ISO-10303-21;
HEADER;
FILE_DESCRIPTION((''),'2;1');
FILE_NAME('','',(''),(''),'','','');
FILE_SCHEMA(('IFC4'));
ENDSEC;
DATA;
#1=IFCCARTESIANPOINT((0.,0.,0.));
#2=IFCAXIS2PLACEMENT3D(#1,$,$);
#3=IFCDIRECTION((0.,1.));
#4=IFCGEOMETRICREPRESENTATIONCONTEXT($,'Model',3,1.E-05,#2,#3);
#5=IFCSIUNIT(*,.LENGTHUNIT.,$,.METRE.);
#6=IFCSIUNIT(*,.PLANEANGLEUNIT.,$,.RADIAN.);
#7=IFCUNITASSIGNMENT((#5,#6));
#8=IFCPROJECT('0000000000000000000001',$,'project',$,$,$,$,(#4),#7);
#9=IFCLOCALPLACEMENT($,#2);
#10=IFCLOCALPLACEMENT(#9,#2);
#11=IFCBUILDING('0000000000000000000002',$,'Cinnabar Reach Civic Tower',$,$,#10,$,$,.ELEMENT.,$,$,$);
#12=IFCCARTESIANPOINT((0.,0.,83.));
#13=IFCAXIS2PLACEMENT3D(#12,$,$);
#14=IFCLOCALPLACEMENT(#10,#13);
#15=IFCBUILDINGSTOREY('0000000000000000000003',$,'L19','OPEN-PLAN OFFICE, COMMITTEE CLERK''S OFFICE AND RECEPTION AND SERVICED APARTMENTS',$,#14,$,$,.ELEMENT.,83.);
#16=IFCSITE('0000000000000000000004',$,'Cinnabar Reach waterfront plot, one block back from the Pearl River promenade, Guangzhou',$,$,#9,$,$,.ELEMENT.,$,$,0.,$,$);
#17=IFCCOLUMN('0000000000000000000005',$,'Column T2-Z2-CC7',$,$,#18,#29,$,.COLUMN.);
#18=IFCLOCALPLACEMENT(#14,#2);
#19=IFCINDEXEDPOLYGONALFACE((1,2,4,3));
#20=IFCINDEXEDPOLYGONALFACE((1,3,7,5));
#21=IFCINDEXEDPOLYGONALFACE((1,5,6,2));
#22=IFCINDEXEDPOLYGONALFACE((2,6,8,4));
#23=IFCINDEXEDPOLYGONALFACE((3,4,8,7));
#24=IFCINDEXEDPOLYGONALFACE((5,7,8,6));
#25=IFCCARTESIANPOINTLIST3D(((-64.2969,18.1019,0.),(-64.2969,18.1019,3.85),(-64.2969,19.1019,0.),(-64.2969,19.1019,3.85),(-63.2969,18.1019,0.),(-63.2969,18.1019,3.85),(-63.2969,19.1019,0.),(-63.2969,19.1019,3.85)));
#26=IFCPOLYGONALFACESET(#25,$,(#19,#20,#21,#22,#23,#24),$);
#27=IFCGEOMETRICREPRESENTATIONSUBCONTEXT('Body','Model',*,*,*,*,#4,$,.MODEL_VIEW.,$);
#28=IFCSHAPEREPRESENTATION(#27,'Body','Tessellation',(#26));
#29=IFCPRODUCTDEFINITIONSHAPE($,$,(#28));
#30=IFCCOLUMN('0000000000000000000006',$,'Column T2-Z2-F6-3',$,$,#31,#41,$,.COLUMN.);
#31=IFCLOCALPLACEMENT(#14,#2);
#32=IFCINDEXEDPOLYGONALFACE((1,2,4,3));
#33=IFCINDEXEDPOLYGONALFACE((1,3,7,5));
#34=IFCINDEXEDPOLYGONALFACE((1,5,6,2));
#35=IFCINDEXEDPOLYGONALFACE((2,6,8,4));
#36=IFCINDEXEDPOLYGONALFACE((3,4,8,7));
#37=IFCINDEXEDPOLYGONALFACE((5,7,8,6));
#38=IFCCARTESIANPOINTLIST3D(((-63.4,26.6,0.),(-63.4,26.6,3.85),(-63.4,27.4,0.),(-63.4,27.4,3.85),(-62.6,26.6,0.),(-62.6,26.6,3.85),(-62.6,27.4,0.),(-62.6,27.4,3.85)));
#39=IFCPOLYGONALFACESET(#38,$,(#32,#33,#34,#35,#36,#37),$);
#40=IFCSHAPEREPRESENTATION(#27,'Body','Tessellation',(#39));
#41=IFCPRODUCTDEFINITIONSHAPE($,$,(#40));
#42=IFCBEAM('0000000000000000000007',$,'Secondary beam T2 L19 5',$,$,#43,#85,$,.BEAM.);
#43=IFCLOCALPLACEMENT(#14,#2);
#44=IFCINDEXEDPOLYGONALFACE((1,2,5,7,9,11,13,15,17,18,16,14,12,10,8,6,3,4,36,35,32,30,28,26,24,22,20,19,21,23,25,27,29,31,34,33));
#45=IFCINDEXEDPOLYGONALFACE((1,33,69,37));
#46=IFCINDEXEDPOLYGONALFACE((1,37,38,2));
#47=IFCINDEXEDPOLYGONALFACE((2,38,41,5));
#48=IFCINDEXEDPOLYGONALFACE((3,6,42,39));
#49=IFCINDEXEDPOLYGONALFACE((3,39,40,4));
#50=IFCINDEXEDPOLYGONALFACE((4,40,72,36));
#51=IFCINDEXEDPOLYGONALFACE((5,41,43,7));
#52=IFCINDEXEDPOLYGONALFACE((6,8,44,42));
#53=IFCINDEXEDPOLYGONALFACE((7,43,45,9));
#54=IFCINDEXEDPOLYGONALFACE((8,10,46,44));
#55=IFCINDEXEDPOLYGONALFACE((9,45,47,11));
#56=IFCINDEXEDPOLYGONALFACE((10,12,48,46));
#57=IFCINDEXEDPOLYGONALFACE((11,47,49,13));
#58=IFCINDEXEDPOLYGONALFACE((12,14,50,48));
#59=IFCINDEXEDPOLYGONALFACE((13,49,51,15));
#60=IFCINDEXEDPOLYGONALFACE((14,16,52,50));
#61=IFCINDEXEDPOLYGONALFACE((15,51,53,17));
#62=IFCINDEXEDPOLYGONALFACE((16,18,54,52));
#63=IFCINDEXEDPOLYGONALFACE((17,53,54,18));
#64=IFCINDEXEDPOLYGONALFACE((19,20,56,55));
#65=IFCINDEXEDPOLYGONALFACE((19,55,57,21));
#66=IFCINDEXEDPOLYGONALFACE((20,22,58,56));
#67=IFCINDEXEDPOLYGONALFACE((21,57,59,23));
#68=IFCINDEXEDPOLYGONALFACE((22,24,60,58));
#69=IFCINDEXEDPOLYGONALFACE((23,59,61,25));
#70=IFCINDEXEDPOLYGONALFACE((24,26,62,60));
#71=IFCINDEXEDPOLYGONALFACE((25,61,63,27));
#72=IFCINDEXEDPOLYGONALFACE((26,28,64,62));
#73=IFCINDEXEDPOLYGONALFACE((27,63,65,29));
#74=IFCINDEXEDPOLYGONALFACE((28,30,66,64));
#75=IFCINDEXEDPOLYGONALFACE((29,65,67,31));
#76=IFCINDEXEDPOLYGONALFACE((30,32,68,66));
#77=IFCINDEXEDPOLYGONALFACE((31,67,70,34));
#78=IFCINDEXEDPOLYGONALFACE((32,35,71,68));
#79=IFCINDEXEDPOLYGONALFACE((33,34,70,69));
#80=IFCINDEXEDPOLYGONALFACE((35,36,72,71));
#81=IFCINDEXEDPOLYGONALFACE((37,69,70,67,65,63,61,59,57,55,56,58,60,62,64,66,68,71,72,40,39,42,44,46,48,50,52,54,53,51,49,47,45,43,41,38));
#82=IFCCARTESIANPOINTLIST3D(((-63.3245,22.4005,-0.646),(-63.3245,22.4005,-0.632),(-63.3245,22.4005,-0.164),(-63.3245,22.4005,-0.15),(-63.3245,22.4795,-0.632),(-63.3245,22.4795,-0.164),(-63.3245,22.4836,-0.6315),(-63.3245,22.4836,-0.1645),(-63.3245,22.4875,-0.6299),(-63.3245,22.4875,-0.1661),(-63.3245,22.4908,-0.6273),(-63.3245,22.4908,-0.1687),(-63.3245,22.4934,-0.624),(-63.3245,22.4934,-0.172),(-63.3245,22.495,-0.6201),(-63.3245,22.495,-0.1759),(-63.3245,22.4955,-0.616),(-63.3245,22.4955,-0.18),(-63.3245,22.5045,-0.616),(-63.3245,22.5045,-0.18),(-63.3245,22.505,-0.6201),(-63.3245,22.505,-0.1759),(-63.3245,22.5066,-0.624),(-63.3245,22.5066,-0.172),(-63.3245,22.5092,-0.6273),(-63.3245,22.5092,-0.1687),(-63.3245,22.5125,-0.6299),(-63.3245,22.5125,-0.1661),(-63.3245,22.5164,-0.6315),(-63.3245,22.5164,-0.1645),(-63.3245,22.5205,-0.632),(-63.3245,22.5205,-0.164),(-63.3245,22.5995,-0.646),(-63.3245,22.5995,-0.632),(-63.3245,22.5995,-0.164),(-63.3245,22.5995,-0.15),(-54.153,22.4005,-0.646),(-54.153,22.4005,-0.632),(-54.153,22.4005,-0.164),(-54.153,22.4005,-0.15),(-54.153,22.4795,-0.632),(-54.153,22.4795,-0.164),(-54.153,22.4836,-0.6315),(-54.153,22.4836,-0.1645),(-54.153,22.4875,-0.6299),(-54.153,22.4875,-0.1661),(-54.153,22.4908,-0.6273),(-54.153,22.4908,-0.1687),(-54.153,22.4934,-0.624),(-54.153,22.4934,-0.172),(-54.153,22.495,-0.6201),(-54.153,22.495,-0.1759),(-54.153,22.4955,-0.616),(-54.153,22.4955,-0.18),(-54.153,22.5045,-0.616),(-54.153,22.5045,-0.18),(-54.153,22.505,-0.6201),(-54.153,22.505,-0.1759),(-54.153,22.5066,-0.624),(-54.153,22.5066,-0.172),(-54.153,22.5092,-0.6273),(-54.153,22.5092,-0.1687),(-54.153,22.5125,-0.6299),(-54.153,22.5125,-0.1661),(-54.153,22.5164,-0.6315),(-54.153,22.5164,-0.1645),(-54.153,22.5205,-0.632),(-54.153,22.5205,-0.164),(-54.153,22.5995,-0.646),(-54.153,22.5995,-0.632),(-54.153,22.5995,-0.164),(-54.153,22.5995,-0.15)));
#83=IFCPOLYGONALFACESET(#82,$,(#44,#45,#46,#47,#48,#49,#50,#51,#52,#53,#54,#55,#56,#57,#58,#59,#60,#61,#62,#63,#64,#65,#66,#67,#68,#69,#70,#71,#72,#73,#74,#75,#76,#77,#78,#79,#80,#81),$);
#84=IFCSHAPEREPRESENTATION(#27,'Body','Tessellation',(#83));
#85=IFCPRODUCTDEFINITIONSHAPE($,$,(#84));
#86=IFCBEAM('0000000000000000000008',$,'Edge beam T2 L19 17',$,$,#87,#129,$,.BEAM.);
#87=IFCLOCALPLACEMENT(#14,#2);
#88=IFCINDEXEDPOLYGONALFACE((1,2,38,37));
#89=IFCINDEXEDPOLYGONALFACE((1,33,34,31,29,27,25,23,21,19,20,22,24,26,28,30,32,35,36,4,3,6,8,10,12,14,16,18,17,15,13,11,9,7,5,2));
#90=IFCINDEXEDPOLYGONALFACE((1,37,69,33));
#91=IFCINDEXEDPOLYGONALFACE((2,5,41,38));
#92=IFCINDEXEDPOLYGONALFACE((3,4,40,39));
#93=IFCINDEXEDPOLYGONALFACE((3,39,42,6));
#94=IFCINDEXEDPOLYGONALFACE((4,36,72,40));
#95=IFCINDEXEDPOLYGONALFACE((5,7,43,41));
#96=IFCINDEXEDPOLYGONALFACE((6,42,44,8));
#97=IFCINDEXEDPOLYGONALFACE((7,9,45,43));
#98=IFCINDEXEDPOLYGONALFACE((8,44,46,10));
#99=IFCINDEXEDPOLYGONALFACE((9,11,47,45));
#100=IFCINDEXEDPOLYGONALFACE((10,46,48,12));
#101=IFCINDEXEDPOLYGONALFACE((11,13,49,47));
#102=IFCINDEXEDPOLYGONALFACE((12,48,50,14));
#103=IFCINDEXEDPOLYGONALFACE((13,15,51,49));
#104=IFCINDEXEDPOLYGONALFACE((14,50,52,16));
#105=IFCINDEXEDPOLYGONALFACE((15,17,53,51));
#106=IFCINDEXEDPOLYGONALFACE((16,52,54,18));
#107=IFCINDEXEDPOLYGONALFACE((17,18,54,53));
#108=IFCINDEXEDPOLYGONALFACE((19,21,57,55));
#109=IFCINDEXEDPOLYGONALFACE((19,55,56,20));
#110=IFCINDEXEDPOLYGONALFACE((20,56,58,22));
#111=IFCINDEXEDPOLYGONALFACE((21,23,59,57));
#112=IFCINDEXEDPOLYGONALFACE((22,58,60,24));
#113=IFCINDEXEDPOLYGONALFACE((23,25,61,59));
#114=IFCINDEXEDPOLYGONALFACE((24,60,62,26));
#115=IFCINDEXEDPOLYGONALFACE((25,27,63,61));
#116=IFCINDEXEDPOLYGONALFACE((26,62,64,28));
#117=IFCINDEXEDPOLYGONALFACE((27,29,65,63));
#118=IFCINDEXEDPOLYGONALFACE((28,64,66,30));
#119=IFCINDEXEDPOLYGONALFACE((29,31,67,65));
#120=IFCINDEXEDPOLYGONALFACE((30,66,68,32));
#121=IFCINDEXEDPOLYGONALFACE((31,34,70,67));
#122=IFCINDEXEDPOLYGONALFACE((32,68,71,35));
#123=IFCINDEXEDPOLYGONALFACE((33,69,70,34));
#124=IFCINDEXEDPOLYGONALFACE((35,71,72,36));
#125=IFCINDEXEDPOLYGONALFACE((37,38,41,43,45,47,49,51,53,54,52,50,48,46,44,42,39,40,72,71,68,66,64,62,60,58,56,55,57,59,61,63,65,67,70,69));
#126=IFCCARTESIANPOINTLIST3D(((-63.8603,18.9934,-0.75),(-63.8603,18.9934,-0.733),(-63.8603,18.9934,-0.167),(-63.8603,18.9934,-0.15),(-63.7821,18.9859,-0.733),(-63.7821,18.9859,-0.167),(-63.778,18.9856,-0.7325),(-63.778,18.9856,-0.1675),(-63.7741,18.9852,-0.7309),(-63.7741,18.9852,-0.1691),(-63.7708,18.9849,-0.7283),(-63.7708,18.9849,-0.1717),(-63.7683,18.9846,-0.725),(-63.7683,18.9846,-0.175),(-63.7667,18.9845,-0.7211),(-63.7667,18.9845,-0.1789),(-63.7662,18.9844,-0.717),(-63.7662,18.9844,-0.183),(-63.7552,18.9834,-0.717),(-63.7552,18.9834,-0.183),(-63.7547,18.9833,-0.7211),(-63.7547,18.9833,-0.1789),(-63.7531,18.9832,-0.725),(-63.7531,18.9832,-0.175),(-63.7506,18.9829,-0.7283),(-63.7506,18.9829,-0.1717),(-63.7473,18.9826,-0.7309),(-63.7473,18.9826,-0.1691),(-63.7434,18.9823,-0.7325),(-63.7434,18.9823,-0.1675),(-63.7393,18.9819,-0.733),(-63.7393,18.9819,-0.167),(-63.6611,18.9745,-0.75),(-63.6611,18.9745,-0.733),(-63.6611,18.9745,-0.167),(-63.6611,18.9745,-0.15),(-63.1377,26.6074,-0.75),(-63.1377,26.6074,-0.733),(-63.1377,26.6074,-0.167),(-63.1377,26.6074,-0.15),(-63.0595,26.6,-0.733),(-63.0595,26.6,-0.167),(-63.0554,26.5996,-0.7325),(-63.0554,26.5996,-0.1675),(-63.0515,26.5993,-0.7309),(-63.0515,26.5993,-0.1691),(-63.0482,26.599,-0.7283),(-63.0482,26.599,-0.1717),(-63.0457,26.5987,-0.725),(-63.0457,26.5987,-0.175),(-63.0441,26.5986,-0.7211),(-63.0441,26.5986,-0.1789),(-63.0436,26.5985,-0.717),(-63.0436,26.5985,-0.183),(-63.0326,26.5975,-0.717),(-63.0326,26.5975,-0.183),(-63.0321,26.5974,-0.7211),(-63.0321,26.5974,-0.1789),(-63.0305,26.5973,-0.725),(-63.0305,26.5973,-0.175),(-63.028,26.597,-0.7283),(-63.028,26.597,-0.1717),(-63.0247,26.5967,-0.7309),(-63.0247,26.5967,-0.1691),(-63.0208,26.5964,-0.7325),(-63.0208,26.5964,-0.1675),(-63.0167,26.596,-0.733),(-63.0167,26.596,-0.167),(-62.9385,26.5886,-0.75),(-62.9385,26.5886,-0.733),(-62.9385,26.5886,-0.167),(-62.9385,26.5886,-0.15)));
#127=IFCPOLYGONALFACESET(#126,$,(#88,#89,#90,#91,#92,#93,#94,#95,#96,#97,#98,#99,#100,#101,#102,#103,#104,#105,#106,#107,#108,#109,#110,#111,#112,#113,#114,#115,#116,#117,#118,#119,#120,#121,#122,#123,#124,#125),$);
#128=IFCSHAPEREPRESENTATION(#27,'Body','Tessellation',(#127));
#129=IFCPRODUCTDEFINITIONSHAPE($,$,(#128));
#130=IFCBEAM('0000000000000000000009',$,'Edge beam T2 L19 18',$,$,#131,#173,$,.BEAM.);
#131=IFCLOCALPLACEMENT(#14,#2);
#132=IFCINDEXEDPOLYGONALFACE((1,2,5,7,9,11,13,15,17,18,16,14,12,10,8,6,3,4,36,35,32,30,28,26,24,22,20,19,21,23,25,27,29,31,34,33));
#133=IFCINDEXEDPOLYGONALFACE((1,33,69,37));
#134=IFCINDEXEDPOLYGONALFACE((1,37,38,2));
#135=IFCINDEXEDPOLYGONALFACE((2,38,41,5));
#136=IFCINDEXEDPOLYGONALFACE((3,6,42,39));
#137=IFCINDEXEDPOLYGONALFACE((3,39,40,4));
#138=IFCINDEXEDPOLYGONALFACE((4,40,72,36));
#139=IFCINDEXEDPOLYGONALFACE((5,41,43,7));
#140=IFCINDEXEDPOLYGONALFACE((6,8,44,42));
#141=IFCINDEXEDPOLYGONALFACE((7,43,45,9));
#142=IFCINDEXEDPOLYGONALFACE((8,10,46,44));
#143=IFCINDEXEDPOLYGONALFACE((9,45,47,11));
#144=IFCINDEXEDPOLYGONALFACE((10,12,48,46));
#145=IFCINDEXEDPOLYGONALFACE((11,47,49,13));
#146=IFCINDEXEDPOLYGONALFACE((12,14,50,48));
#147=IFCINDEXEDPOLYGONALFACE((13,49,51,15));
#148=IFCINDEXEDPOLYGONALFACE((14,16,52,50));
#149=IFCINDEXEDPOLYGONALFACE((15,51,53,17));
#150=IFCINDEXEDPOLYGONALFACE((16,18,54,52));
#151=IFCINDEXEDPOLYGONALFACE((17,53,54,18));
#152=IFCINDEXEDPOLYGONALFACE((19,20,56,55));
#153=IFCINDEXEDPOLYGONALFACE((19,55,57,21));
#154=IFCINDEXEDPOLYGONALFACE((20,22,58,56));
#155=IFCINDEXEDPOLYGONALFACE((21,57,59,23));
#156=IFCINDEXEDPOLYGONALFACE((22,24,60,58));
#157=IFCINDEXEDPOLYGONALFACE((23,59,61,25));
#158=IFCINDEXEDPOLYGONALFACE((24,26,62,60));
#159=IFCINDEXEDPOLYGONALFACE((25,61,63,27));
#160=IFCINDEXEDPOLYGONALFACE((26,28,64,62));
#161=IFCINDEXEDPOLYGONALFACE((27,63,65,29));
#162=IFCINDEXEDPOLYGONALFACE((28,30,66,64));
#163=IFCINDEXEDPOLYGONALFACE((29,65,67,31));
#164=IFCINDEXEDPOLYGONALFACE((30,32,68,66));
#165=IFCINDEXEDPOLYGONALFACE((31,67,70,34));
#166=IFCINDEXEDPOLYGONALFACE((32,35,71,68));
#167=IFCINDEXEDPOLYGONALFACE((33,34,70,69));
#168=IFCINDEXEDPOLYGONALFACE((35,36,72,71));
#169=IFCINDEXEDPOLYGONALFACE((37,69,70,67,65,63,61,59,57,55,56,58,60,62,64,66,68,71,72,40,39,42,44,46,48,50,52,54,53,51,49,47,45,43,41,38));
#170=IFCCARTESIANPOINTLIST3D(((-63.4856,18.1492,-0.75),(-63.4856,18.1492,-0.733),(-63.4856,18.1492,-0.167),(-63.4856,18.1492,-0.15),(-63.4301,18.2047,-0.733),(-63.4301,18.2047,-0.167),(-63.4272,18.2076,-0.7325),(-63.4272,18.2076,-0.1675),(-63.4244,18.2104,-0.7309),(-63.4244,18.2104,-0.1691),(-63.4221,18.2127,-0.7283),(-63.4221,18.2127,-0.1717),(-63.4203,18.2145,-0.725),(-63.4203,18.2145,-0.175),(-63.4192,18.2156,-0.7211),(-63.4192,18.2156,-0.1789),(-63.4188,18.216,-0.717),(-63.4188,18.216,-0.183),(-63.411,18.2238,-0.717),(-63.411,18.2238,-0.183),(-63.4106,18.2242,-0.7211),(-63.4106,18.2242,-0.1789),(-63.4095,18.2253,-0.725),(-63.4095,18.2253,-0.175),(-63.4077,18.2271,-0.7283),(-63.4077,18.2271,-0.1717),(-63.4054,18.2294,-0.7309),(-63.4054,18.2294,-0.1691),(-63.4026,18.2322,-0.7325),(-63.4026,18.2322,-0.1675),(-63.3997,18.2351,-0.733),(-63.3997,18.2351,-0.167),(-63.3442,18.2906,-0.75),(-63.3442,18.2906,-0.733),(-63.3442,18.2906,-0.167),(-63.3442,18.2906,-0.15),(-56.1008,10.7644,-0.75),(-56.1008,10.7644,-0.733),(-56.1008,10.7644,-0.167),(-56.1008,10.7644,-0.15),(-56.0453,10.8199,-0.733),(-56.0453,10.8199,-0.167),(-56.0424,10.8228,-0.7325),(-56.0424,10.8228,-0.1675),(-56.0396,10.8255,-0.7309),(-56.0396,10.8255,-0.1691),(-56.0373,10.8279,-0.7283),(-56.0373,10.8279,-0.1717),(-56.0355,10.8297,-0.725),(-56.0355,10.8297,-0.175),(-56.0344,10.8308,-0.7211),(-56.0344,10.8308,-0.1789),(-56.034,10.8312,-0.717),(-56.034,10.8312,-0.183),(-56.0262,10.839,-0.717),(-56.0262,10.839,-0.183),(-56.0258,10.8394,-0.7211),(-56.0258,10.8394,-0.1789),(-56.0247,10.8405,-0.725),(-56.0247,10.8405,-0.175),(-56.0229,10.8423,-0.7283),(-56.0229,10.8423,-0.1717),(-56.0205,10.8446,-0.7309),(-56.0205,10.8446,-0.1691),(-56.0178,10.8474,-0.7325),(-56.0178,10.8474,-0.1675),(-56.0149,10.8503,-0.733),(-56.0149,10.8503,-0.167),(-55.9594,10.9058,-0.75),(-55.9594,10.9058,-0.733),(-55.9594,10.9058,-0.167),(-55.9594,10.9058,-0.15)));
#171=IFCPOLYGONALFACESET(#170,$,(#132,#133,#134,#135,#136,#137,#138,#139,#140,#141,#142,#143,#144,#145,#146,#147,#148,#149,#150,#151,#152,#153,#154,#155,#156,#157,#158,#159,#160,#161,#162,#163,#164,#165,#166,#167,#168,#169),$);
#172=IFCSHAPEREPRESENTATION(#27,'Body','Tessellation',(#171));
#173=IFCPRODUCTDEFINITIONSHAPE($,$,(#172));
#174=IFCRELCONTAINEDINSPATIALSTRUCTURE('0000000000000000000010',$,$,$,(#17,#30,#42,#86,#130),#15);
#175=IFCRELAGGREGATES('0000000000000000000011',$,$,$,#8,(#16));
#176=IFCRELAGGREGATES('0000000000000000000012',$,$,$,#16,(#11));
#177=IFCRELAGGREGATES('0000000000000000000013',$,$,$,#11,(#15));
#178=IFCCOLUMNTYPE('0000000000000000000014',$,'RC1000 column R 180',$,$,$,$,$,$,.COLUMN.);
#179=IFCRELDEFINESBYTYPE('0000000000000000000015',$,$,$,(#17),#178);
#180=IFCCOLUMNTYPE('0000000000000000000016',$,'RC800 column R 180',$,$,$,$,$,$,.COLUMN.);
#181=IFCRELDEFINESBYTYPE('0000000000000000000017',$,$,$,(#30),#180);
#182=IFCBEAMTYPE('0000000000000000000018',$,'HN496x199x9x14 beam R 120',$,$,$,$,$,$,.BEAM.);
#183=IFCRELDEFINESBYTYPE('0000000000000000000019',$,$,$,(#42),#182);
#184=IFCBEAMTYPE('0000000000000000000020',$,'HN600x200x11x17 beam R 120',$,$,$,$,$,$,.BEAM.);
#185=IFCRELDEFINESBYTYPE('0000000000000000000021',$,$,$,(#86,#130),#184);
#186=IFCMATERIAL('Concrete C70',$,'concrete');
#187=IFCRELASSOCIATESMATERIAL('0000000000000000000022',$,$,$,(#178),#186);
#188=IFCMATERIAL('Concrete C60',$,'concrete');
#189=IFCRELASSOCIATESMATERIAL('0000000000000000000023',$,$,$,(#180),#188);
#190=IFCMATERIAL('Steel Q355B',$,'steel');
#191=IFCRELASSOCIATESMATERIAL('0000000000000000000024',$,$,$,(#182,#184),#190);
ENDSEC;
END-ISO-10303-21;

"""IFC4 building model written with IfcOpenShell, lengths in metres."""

from ifc_helpers import new_model, si_unit, direction, frame, origin, origin_2d, place, context, subcontext, project, spatial, rectangle, i_section, extrude, material, material_profile, profile_set, type_object, element, save


model = new_model("IFC4")

# Units and contexts
model_context = context("Model", 3, precision=1e-05, world=origin(), true_north=direction((0.0, 1.0)))
body_context = subcontext(model_context, "Body", "Model", "MODEL_VIEW")
ifc_project = project(units=[si_unit("LENGTHUNIT", "METRE"), si_unit("PLANEANGLEUNIT", "RADIAN")], contexts=[model_context])

# Site, building, storey
site_placement = place(None, origin())
site = spatial("IfcSite", under=ifc_project, at=site_placement, Name="Cinnabar Reach waterfront plot, one block back from the Pearl River promenade, Guangzhou", CompositionType="ELEMENT", RefElevation=0.0)
building_placement = place(site_placement, origin())
building = spatial("IfcBuilding", under=site, at=building_placement, Name="Cinnabar Reach Civic Tower", CompositionType="ELEMENT")
storey_placement = place(building_placement, frame((0.0, 0.0, 83.0)))
storey = spatial("IfcBuildingStorey", under=building, at=storey_placement, Name="L19", Description="OPEN-PLAN OFFICE, COMMITTEE CLERK'S OFFICE AND RECEPTION AND SERVICED APARTMENTS", CompositionType="ELEMENT", Elevation=83.0)

# Columns
ifc_material_1 = material(Name="Concrete C70", Category="concrete")
ifc_material_profile_1 = material_profile(ifc_material_1, rectangle(XDim=1.0, YDim=1.0, at=origin_2d()), Name="RC1000")
ifc_profile_set_1 = profile_set([ifc_material_profile_1], Name="Concrete C70")
column_type_1 = type_object("IfcColumnType", Name="RC1000 column R 180", PredefinedType="COLUMN", material=ifc_profile_set_1)
column_1_placement = place(storey_placement, frame((-63.7969, 18.6019, 0.0), z_axis=(0.0, 0.0, 1.0), x_axis=(1.0, 0.0, 0.0)))
element("IfcColumn", 1, at=column_1_placement, inside=storey, type_object=column_type_1, Name="Column T2-Z2-CC7", PredefinedType="COLUMN", context=body_context, shape_type="SweptSolid", body=[
    extrude(rectangle(XDim=1.0, YDim=1.0, at=origin_2d()), origin(), (0.0, 0.0, 1.0), 3.85),
])
ifc_material_2 = material(Name="Concrete C60", Category="concrete")
ifc_material_profile_2 = material_profile(ifc_material_2, rectangle(XDim=0.8, YDim=0.8, at=origin_2d()), Name="RC800")
ifc_profile_set_2 = profile_set([ifc_material_profile_2], Name="Concrete C60")
column_type_2 = type_object("IfcColumnType", Name="RC800 column R 180", PredefinedType="COLUMN", material=ifc_profile_set_2)
column_2_placement = place(storey_placement, frame((-63.0, 27.0, 0.0), z_axis=(0.0, 0.0, 1.0), x_axis=(1.0, 0.0, 0.0)))
element("IfcColumn", 2, at=column_2_placement, inside=storey, type_object=column_type_2, Name="Column T2-Z2-F6-3", PredefinedType="COLUMN", context=body_context, shape_type="SweptSolid", body=[
    extrude(rectangle(XDim=0.8, YDim=0.8, at=origin_2d()), origin(), (0.0, 0.0, 1.0), 3.85),
])

# Beams
ifc_material_3 = material(Name="Steel Q355B", Category="steel")
ifc_material_profile_3 = material_profile(ifc_material_3, i_section(OverallWidth=0.199, OverallDepth=0.496, WebThickness=0.009, FlangeThickness=0.014, FilletRadius=0.016, at=origin_2d()), Name="HN496x199x9x14")
ifc_profile_set_3 = profile_set([ifc_material_profile_3], Name="Steel Q355B")
beam_type_1 = type_object("IfcBeamType", Name="HN496x199x9x14 beam R 120", PredefinedType="BEAM", material=ifc_profile_set_3)
beam_1_placement = place(storey_placement, frame((-63.3245, 22.5, -0.398), z_axis=(1.0, 0.0, 0.0), x_axis=(0.0, 1.0, 0.0)))
element("IfcBeam", 3, at=beam_1_placement, inside=storey, type_object=beam_type_1, Name="Secondary beam T2 L19 5", PredefinedType="BEAM", context=body_context, shape_type="SweptSolid", body=[
    extrude(i_section(OverallWidth=0.199, OverallDepth=0.496, WebThickness=0.009, FlangeThickness=0.014, FilletRadius=0.016, at=origin_2d()), origin(), (0.0, 0.0, 1.0), 9.1715),
])
ifc_material_profile_4 = material_profile(ifc_material_3, i_section(OverallWidth=0.2, OverallDepth=0.6, WebThickness=0.011, FlangeThickness=0.017, FilletRadius=0.016, at=origin_2d()), Name="HN600x200x11x17")
ifc_profile_set_4 = profile_set([ifc_material_profile_4], Name="Steel Q355B")
beam_type_2 = type_object("IfcBeamType", Name="HN600x200x11x17 beam R 120", PredefinedType="BEAM", material=ifc_profile_set_4)
beam_2_placement = place(storey_placement, frame((-63.0381, 26.598, -0.45), z_axis=(-0.094478, -0.995527, 0.0), x_axis=(0.995527, -0.094478, 0.0)))
element("IfcBeam", 4, at=beam_2_placement, inside=storey, type_object=beam_type_2, Name="Edge beam T2 L19 17", PredefinedType="BEAM", context=body_context, shape_type="SweptSolid", body=[
    extrude(i_section(OverallWidth=0.2, OverallDepth=0.6, WebThickness=0.011, FlangeThickness=0.017, FilletRadius=0.016, at=origin_2d()), origin(), (0.0, 0.0, 1.0), 7.6483),
])
beam_3_placement = place(storey_placement, frame((-63.4149, 18.2199, -0.45), z_axis=(0.707107, -0.707107, 0.0), x_axis=(0.707107, 0.707107, 0.0)))
element("IfcBeam", 5, at=beam_3_placement, inside=storey, type_object=beam_type_2, Name="Edge beam T2 L19 18", PredefinedType="BEAM", context=body_context, shape_type="SweptSolid", body=[
    extrude(i_section(OverallWidth=0.2, OverallDepth=0.6, WebThickness=0.011, FlangeThickness=0.017, FilletRadius=0.016, at=origin_2d()), origin(), (0.0, 0.0, 1.0), 10.4437),
])

save(model, "model.ifc")
